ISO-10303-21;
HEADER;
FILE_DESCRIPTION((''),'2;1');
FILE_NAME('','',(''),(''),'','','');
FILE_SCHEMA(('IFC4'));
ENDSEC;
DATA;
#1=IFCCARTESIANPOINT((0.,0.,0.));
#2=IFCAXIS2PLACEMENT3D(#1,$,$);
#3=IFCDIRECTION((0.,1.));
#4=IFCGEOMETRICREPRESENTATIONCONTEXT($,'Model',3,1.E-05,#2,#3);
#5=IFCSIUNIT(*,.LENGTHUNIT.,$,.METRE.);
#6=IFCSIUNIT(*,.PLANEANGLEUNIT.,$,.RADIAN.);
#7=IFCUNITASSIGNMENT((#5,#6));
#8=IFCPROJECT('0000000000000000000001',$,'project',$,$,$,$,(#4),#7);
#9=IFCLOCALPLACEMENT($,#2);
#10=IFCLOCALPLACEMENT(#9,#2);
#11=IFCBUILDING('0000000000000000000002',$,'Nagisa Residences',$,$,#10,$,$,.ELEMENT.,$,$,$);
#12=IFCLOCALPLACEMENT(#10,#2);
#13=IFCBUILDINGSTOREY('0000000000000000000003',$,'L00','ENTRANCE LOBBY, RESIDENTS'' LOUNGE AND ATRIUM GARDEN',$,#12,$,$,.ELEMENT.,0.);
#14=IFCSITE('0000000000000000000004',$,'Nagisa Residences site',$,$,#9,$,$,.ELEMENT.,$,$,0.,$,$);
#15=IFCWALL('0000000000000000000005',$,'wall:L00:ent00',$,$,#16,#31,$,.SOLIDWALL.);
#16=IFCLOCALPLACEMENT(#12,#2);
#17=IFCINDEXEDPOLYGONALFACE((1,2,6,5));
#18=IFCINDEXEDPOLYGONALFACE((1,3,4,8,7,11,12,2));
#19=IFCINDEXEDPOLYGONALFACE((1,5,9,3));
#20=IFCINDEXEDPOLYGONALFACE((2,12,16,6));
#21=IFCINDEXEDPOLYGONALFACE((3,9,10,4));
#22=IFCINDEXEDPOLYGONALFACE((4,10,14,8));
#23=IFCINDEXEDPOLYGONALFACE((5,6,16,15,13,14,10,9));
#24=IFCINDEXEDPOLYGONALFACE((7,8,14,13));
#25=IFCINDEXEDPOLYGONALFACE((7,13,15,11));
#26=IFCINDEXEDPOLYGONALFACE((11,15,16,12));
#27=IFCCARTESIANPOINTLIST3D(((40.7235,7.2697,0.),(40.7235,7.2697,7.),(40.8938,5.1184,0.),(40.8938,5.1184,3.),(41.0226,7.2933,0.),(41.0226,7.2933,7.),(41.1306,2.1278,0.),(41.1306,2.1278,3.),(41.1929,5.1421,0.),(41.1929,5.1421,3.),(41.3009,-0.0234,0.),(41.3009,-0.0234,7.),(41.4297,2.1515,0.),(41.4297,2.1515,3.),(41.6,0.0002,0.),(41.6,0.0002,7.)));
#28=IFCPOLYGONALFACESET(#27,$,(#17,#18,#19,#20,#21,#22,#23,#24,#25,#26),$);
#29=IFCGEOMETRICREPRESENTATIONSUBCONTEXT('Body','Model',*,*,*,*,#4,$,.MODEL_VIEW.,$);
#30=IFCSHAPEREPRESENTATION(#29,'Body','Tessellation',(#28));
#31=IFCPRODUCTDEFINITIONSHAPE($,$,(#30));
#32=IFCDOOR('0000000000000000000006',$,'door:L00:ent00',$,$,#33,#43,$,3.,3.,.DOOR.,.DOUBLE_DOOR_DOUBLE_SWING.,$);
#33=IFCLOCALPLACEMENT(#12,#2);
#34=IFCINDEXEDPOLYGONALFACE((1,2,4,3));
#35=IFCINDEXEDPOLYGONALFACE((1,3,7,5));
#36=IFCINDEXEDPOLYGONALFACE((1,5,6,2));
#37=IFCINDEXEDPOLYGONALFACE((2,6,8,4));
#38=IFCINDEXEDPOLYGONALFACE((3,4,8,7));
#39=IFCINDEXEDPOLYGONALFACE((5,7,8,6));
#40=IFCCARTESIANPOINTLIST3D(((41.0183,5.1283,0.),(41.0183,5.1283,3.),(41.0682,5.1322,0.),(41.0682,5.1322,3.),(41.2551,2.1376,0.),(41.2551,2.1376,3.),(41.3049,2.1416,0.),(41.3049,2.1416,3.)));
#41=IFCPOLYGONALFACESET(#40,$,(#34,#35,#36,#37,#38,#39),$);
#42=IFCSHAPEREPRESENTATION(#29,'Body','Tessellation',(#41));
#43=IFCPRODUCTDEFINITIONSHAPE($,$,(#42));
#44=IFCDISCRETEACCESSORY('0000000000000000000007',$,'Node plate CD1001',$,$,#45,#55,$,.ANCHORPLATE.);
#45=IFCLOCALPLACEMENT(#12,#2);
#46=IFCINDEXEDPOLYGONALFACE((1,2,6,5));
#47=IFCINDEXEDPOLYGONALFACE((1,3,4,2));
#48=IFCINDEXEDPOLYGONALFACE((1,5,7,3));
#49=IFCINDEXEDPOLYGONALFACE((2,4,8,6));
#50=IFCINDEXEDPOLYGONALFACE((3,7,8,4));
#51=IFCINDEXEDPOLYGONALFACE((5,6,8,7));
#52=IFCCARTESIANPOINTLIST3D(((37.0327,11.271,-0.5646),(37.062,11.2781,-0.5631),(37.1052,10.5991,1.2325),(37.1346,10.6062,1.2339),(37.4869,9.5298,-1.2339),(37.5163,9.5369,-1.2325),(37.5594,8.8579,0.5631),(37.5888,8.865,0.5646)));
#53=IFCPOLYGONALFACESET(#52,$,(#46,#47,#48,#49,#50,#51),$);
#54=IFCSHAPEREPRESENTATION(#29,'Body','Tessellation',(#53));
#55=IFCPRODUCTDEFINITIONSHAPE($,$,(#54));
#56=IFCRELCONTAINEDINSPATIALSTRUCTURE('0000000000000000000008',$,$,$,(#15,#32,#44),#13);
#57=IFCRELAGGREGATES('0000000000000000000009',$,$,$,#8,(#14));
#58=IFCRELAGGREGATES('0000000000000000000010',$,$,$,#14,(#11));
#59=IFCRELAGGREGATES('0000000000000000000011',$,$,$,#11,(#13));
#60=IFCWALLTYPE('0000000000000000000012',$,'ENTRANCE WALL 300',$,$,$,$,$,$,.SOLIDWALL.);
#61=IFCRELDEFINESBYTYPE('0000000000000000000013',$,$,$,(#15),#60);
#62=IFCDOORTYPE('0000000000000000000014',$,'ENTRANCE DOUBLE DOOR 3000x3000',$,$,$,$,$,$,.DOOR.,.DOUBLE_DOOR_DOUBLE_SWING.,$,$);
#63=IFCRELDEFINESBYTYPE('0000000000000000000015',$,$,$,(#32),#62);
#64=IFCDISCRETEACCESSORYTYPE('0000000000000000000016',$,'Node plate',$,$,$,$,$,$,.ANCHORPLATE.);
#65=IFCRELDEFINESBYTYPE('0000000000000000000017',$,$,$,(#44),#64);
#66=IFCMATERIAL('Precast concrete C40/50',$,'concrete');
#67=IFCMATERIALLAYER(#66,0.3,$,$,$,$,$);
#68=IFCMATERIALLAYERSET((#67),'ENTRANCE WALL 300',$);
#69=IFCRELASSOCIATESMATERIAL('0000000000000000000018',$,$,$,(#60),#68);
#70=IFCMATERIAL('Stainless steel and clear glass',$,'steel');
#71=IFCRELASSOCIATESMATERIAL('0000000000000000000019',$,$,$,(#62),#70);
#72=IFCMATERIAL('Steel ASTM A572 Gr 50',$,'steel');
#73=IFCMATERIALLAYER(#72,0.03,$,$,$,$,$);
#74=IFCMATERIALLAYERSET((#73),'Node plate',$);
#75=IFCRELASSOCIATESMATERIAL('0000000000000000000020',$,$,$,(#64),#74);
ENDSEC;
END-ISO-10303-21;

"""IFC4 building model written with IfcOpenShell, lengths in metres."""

from ifc_helpers import new_model, si_unit, direction, frame, frame_2d, origin, origin_2d, place, context, subcontext, project, spatial, rectangle, extrude, material, layer, layer_set, type_object, element, fill, save


model = new_model("IFC4")

# Units and contexts
model_context = context("Model", 3, precision=1e-05, world=origin(), true_north=direction((0.0, 1.0)))
body_context = subcontext(model_context, "Body", "Model", "MODEL_VIEW")
ifc_project = project(units=[si_unit("LENGTHUNIT", "METRE"), si_unit("PLANEANGLEUNIT", "RADIAN")], contexts=[model_context])

# Site, building, storey
site_placement = place(None, origin())
site = spatial("IfcSite", under=ifc_project, at=site_placement, Name="Nagisa Residences site", CompositionType="ELEMENT", RefElevation=0.0)
building_placement = place(site_placement, origin())
building = spatial("IfcBuilding", under=site, at=building_placement, Name="Nagisa Residences", CompositionType="ELEMENT")
storey_placement = place(building_placement, origin())
storey = spatial("IfcBuildingStorey", under=building, at=storey_placement, Name="L00", Description="ENTRANCE LOBBY, RESIDENTS' LOUNGE AND ATRIUM GARDEN", CompositionType="ELEMENT", Elevation=0.0)

# Wall, opening, door
ifc_material_1 = material(Name="Precast concrete C40/50", Category="concrete")
ifc_layer_1 = layer(ifc_material_1, 0.3)
ifc_layer_set_1 = layer_set([ifc_layer_1], Name="ENTRANCE WALL 300")
wall_type = type_object("IfcWallType", Name="ENTRANCE WALL 300", PredefinedType="SOLIDWALL", material=ifc_layer_set_1)
wall_placement = place(storey_placement, frame((40.873, 7.2815, 0.0), z_axis=(0.0, 0.0, 1.0), x_axis=(0.078922, -0.996881, 0.0)))
wall = element("IfcWall", 1, at=wall_placement, inside=storey, type_object=wall_type, Name="wall:L00:ent00", PredefinedType="SOLIDWALL", context=body_context, shape_type="SweptSolid", body=[
    extrude(rectangle(XDim=7.3159, YDim=0.3, at=frame_2d((3.658, 0.0))), origin(), (0.0, 0.0, 1.0), 7.0),
])
opening_placement = place(wall_placement, frame((2.158, 0.0, 0.0)))
opening = element("IfcOpeningElement", 2, at=opening_placement, cuts=wall, PredefinedType="OPENING", context=body_context, shape_type="SweptSolid", body=[
    extrude(rectangle(XDim=3.0, YDim=3.0, at=frame_2d((1.5, 1.5))), frame((0.0, 0.1599, 0.0), z_axis=(0.0, -1.0, 0.0), x_axis=(1.0, 0.0, 0.0)), (0.0, 0.0, 1.0), 0.3201),
])
ifc_material_2 = material(Name="Stainless steel and clear glass", Category="steel")
door_type = type_object("IfcDoorType", Name="ENTRANCE DOUBLE DOOR 3000x3000", OperationType="DOUBLE_DOOR_DOUBLE_SWING", PredefinedType="DOOR", material=ifc_material_2)
door_placement = place(opening_placement, origin())
door = element("IfcDoor", 3, at=door_placement, inside=storey, type_object=door_type, Name="door:L00:ent00", OperationType="DOUBLE_DOOR_DOUBLE_SWING", OverallHeight=3.0, OverallWidth=3.0, PredefinedType="DOOR", context=body_context, shape_type="SweptSolid", body=[
    extrude(rectangle(XDim=3.0, YDim=3.0, at=frame_2d((1.5, 1.5))), frame((0.0, 0.0249, 0.0), z_axis=(0.0, -1.0, 0.0), x_axis=(1.0, 0.0, 0.0)), (0.0, 0.0, 1.0), 0.05),
])
fill(opening, door)

# Discrete accessory
ifc_material_3 = material(Name="Steel ASTM A572 Gr 50", Category="steel")
ifc_layer_2 = layer(ifc_material_3, 0.03)
ifc_layer_set_2 = layer_set([ifc_layer_2], Name="Node plate")
discrete_accessory_type = type_object("IfcDiscreteAccessoryType", Name="Node plate", PredefinedType="ANCHORPLATE", material=ifc_layer_set_2)
discrete_accessory_placement = place(storey_placement, frame((37.3254, 10.0715, 0.0007), z_axis=(-0.970873, -0.234628, -0.048544), x_axis=(0.037779, -0.34998, 0.935995)))
element("IfcDiscreteAccessory", 4, at=discrete_accessory_placement, inside=storey, type_object=discrete_accessory_type, Name="Node plate CD1001", PredefinedType="ANCHORPLATE", context=body_context, shape_type="SweptSolid", body=[
    extrude(rectangle(XDim=1.9199, YDim=1.9199, at=origin_2d()), origin(), (0.0, 0.0, 1.0), 0.0303),
])

save(model, "model.ifc")
